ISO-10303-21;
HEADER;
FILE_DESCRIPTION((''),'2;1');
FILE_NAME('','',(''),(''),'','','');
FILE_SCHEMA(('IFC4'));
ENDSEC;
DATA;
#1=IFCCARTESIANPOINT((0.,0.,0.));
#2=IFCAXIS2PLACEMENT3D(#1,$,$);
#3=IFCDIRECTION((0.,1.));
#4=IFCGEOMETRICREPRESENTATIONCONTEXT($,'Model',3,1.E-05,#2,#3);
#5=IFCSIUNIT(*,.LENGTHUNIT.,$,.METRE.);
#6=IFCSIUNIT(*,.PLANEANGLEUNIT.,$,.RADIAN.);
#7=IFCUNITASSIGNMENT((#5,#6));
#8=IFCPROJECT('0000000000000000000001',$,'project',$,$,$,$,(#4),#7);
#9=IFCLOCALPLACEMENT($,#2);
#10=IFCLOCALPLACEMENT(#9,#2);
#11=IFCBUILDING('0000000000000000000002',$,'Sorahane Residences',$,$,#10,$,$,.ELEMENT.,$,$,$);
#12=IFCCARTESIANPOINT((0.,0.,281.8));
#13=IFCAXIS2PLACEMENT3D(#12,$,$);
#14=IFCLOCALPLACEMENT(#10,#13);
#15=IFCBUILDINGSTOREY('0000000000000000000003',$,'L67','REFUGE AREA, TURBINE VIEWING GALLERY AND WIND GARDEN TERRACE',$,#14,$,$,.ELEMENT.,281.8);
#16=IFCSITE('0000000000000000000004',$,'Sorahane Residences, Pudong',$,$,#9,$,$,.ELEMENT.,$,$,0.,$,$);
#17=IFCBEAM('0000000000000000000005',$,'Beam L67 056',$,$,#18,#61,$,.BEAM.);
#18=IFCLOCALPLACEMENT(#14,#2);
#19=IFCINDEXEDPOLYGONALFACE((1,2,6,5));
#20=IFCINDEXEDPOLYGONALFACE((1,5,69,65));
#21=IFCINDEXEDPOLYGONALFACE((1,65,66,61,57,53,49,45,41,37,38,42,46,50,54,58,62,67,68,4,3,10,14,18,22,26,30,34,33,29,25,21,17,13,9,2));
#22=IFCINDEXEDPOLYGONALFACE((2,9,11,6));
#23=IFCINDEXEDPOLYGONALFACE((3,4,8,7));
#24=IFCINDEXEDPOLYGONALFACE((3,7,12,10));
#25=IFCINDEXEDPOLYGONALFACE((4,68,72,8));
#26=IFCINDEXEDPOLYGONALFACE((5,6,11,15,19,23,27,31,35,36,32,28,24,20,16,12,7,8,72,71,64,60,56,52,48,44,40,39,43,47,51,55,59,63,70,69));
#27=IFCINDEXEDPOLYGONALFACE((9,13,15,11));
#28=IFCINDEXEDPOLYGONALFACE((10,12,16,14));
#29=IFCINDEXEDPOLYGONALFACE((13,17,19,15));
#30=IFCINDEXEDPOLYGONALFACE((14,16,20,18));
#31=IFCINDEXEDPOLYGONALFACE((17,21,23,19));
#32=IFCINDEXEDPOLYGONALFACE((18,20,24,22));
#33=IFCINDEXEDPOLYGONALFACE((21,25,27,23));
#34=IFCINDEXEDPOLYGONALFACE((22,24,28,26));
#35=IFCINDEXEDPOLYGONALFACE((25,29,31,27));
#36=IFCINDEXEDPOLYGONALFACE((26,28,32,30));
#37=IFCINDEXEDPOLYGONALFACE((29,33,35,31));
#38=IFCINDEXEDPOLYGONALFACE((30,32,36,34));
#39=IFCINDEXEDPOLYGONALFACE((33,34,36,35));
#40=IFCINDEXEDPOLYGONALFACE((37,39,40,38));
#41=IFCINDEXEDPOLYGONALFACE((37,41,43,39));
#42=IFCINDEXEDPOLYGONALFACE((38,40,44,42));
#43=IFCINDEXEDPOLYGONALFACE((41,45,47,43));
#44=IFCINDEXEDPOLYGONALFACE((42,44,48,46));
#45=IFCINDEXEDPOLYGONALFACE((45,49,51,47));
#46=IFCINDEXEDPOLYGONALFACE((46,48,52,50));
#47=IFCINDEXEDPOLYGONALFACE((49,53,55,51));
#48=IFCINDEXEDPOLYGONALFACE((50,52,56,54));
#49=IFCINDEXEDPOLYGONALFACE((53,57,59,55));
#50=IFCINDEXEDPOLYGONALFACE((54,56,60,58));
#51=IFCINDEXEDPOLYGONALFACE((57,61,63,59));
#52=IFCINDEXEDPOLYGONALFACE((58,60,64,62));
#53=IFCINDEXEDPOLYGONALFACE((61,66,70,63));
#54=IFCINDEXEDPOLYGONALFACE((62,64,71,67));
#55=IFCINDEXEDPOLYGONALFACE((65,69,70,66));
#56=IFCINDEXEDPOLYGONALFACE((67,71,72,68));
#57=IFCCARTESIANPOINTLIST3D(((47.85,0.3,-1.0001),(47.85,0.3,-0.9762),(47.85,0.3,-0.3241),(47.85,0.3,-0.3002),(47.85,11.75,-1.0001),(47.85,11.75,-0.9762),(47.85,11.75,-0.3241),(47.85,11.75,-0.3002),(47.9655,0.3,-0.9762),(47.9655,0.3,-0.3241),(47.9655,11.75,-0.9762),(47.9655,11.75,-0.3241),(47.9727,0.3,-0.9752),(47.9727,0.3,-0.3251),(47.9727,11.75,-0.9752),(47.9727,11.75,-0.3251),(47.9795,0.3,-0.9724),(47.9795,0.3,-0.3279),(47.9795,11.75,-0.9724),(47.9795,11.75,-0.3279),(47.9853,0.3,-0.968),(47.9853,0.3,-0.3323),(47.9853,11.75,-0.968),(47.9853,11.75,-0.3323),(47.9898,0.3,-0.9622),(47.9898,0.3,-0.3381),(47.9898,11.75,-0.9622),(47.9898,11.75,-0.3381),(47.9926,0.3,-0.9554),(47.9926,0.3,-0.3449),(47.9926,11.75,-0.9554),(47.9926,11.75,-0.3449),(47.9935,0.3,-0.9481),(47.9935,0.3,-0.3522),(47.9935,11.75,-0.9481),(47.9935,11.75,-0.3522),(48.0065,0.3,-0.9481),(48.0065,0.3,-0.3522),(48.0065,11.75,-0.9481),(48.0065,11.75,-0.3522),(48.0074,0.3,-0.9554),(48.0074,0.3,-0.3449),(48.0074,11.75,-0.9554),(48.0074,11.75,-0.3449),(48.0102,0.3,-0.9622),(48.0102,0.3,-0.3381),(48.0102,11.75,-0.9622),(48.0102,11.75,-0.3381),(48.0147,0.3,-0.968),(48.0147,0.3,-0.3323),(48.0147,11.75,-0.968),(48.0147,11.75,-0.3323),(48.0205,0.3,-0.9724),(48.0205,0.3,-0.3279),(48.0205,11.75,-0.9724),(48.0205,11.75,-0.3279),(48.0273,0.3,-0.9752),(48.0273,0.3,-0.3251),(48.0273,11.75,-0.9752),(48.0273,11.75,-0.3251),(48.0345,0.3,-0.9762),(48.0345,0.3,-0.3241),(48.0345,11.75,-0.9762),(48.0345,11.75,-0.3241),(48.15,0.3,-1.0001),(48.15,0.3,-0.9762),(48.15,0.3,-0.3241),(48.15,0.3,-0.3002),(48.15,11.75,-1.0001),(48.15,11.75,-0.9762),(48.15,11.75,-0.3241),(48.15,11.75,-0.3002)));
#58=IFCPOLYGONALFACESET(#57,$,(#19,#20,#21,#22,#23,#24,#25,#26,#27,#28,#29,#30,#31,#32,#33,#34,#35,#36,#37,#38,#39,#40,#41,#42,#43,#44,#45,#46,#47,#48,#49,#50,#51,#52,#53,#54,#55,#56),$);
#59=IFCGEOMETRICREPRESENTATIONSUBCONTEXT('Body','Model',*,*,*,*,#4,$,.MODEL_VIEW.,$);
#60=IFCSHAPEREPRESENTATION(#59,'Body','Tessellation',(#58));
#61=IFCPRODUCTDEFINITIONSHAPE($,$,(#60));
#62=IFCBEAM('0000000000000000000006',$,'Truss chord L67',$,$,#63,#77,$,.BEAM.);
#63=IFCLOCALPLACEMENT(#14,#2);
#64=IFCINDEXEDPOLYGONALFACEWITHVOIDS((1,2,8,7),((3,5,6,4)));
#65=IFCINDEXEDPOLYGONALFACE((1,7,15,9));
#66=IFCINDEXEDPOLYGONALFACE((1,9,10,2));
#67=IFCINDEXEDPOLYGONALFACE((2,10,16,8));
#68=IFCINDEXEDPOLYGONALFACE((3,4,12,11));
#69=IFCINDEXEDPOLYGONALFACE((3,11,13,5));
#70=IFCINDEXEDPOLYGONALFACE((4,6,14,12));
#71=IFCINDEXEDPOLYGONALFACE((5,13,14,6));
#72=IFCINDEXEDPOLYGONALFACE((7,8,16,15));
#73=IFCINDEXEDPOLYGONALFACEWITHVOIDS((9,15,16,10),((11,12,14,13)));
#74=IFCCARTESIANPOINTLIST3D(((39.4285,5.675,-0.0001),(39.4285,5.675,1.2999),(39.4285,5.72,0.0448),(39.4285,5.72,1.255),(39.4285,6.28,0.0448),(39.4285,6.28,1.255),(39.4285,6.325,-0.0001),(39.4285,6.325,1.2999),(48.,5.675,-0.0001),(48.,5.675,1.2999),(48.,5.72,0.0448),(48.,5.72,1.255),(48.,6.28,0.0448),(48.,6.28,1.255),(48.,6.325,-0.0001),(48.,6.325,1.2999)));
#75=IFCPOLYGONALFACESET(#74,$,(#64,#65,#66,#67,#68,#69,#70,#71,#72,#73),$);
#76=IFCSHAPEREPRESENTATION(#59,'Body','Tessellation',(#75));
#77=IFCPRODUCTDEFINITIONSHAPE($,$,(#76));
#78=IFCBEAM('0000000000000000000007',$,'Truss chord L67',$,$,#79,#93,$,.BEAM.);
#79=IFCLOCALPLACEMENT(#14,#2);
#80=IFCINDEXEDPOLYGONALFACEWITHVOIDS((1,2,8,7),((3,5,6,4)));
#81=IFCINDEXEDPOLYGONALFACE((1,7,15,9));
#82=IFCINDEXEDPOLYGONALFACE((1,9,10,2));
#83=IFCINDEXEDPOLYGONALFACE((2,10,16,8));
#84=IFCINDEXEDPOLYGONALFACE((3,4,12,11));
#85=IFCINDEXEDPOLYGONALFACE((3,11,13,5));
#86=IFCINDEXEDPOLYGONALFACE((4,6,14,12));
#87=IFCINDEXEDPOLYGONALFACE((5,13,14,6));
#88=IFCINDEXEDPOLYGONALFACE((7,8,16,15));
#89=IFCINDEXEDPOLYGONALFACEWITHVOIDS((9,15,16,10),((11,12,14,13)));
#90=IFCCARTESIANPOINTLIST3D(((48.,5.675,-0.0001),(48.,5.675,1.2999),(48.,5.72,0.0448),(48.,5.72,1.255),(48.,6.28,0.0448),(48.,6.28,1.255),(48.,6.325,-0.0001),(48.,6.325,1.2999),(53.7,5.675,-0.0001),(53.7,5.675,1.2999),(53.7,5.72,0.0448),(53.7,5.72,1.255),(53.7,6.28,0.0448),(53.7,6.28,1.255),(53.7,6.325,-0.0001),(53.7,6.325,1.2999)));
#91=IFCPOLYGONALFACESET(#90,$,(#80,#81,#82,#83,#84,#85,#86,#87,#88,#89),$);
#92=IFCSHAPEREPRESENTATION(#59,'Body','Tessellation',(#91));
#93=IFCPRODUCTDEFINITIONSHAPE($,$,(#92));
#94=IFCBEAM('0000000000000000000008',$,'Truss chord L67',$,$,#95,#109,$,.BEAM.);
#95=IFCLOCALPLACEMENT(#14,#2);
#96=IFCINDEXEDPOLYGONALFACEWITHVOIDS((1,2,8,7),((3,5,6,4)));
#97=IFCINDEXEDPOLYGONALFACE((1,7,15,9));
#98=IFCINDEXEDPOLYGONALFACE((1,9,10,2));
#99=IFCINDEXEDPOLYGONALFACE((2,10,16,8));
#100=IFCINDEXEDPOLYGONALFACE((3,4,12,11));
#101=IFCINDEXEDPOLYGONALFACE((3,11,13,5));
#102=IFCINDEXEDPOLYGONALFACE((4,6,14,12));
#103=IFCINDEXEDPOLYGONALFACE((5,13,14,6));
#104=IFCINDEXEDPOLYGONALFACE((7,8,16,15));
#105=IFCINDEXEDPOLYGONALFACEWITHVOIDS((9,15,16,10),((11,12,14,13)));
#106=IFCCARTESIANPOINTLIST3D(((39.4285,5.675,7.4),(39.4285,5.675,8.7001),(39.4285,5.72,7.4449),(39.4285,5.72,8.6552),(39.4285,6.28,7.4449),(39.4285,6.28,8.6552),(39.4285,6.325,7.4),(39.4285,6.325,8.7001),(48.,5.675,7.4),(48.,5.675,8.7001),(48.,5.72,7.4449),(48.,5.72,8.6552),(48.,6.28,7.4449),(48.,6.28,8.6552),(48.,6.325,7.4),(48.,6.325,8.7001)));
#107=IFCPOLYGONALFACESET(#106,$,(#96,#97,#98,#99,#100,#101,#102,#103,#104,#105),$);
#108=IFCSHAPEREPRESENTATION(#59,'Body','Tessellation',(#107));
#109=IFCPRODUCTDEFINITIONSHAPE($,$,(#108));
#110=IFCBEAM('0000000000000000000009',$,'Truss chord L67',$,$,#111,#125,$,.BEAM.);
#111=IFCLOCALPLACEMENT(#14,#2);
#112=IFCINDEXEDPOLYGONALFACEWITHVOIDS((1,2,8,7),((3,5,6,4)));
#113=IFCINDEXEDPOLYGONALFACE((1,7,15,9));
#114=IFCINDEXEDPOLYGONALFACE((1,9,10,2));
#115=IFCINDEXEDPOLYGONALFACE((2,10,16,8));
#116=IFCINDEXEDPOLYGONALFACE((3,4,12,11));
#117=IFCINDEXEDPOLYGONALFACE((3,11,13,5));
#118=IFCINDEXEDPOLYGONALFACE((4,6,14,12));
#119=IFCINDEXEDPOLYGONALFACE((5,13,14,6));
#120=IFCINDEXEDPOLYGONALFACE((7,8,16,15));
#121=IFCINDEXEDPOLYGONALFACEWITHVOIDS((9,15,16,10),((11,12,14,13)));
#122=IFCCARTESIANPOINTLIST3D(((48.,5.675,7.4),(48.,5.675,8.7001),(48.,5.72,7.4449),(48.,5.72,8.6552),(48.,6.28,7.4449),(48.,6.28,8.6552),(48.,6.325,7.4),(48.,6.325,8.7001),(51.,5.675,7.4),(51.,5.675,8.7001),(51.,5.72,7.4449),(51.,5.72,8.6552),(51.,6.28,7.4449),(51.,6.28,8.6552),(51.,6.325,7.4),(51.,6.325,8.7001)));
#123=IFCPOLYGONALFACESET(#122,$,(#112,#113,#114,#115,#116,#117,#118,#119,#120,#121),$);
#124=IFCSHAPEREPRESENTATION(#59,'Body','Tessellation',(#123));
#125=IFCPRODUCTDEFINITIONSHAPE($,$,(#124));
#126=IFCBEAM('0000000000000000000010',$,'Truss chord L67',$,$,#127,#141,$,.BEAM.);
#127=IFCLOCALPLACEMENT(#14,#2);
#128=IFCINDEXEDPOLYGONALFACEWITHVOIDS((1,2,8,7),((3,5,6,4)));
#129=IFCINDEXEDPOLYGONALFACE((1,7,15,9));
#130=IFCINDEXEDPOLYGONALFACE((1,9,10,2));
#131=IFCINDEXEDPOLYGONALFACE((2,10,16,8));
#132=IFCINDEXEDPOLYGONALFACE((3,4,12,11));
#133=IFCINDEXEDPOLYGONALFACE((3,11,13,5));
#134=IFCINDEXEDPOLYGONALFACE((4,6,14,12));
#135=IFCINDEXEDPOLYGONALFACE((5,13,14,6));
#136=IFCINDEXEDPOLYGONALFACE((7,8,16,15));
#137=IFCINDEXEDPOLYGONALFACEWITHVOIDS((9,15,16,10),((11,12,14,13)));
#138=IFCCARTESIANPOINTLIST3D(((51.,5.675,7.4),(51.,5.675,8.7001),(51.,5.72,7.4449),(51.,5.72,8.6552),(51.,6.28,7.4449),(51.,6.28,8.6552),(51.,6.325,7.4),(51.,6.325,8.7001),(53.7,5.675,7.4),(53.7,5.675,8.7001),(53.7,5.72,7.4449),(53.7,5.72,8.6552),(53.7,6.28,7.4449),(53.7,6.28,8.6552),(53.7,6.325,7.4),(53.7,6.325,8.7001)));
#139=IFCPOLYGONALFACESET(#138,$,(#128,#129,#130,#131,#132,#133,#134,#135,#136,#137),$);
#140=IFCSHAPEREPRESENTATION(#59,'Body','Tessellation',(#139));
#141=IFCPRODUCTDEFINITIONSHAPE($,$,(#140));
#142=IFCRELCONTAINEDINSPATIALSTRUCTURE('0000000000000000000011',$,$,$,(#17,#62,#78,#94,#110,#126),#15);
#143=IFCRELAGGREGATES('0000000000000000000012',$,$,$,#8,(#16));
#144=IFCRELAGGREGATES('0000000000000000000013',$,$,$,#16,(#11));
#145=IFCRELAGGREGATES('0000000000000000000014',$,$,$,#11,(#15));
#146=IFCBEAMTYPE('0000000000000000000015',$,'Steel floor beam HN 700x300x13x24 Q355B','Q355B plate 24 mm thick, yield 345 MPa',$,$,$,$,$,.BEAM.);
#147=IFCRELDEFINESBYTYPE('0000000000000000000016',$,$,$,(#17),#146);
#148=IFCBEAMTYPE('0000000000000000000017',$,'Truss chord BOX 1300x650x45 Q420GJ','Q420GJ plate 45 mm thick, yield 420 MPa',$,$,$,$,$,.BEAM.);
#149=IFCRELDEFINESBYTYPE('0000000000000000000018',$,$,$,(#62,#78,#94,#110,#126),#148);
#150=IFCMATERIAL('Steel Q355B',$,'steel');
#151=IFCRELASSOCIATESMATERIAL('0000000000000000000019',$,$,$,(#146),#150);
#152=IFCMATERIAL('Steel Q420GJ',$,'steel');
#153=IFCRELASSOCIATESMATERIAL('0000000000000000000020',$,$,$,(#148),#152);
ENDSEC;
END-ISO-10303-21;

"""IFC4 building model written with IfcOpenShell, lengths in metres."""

from ifc_helpers import new_model, si_unit, direction, frame, origin, origin_2d, place, context, subcontext, project, spatial, hollow_rectangle, i_section, extrude, material, material_profile, profile_set, type_object, element, save


model = new_model("IFC4")

# Units and contexts
model_context = context("Model", 3, precision=1e-05, world=origin(), true_north=direction((0.0, 1.0)))
body_context = subcontext(model_context, "Body", "Model", "MODEL_VIEW")
ifc_project = project(units=[si_unit("LENGTHUNIT", "METRE"), si_unit("PLANEANGLEUNIT", "RADIAN")], contexts=[model_context])

# Site, building, storey
site_placement = place(None, origin())
site = spatial("IfcSite", under=ifc_project, at=site_placement, Name="Sorahane Residences, Pudong", CompositionType="ELEMENT", RefElevation=0.0)
building_placement = place(site_placement, origin())
building = spatial("IfcBuilding", under=site, at=building_placement, Name="Sorahane Residences", CompositionType="ELEMENT")
storey_placement = place(building_placement, frame((0.0, 0.0, 281.8)))
storey = spatial("IfcBuildingStorey", under=building, at=storey_placement, Name="L67", Description="REFUGE AREA, TURBINE VIEWING GALLERY AND WIND GARDEN TERRACE", CompositionType="ELEMENT", Elevation=281.8)

# Beams
ifc_material_1 = material(Name="Steel Q355B", Category="steel")
ifc_material_profile_1 = material_profile(ifc_material_1, i_section(OverallWidth=0.3, OverallDepth=0.7, WebThickness=0.0129, FlangeThickness=0.0239, FilletRadius=0.0281, at=origin_2d()), Name="HN 700x300x13x24")
ifc_profile_set_1 = profile_set([ifc_material_profile_1], Name="Steel Q355B")
beam_type_1 = type_object("IfcBeamType", Name="Steel floor beam HN 700x300x13x24 Q355B", Description="Q355B plate 24 mm thick, yield 345 MPa", PredefinedType="BEAM", material=ifc_profile_set_1)
beam_1_placement = place(storey_placement, frame((48.0, 0.3, -0.6501), z_axis=(0.0, 1.0, 0.0), x_axis=(-1.0, 0.0, 0.0)))
element("IfcBeam", 1, at=beam_1_placement, inside=storey, type_object=beam_type_1, Name="Beam L67 056", PredefinedType="BEAM", context=body_context, shape_type="SweptSolid", body=[
    extrude(i_section(OverallWidth=0.3, OverallDepth=0.7, WebThickness=0.0129, FlangeThickness=0.0239, FilletRadius=0.0281, at=origin_2d()), origin(), (0.0, 0.0, 1.0), 11.45),
])
ifc_material_2 = material(Name="Steel Q420GJ", Category="steel")
ifc_material_profile_2 = material_profile(ifc_material_2, hollow_rectangle(XDim=0.6499, YDim=1.3, WallThickness=0.0449, at=origin_2d()), Name="BOX 1300x650x45")
ifc_profile_set_2 = profile_set([ifc_material_profile_2], Name="Steel Q420GJ")
beam_type_2 = type_object("IfcBeamType", Name="Truss chord BOX 1300x650x45 Q420GJ", Description="Q420GJ plate 45 mm thick, yield 420 MPa", PredefinedType="BEAM", material=ifc_profile_set_2)
beam_2_placement = place(storey_placement, frame((39.4285, 6.0, 0.6499), z_axis=(1.0, 0.0, 0.0), x_axis=(0.0, 1.0, 0.0)))
element("IfcBeam", 2, at=beam_2_placement, inside=storey, type_object=beam_type_2, Name="Truss chord L67", PredefinedType="BEAM", context=body_context, shape_type="SweptSolid", body=[
    extrude(hollow_rectangle(XDim=0.6499, YDim=1.3, WallThickness=0.0449, at=origin_2d()), origin(), (0.0, 0.0, 1.0), 8.5715),
])
beam_3_placement = place(storey_placement, frame((48.0, 6.0, 0.6499), z_axis=(1.0, 0.0, 0.0), x_axis=(0.0, 1.0, 0.0)))
element("IfcBeam", 3, at=beam_3_placement, inside=storey, type_object=beam_type_2, Name="Truss chord L67", PredefinedType="BEAM", context=body_context, shape_type="SweptSolid", body=[
    extrude(hollow_rectangle(XDim=0.6499, YDim=1.3, WallThickness=0.0449, at=origin_2d()), origin(), (0.0, 0.0, 1.0), 5.7),
])
beam_4_placement = place(storey_placement, frame((39.4285, 6.0, 8.05), z_axis=(1.0, 0.0, 0.0), x_axis=(0.0, 1.0, 0.0)))
element("IfcBeam", 4, at=beam_4_placement, inside=storey, type_object=beam_type_2, Name="Truss chord L67", PredefinedType="BEAM", context=body_context, shape_type="SweptSolid", body=[
    extrude(hollow_rectangle(XDim=0.6499, YDim=1.3, WallThickness=0.0449, at=origin_2d()), origin(), (0.0, 0.0, 1.0), 8.5715),
])
beam_5_placement = place(storey_placement, frame((48.0, 6.0, 8.05), z_axis=(1.0, 0.0, 0.0), x_axis=(0.0, 1.0, 0.0)))
element("IfcBeam", 5, at=beam_5_placement, inside=storey, type_object=beam_type_2, Name="Truss chord L67", PredefinedType="BEAM", context=body_context, shape_type="SweptSolid", body=[
    extrude(hollow_rectangle(XDim=0.6499, YDim=1.3, WallThickness=0.0449, at=origin_2d()), origin(), (0.0, 0.0, 1.0), 3.0),
])
beam_6_placement = place(storey_placement, frame((51.0, 6.0, 8.05), z_axis=(1.0, 0.0, 0.0), x_axis=(0.0, 1.0, 0.0)))
element("IfcBeam", 6, at=beam_6_placement, inside=storey, type_object=beam_type_2, Name="Truss chord L67", PredefinedType="BEAM", context=body_context, shape_type="SweptSolid", body=[
    extrude(hollow_rectangle(XDim=0.6499, YDim=1.3, WallThickness=0.0449, at=origin_2d()), origin(), (0.0, 0.0, 1.0), 2.7),
])

save(model, "model.ifc")
